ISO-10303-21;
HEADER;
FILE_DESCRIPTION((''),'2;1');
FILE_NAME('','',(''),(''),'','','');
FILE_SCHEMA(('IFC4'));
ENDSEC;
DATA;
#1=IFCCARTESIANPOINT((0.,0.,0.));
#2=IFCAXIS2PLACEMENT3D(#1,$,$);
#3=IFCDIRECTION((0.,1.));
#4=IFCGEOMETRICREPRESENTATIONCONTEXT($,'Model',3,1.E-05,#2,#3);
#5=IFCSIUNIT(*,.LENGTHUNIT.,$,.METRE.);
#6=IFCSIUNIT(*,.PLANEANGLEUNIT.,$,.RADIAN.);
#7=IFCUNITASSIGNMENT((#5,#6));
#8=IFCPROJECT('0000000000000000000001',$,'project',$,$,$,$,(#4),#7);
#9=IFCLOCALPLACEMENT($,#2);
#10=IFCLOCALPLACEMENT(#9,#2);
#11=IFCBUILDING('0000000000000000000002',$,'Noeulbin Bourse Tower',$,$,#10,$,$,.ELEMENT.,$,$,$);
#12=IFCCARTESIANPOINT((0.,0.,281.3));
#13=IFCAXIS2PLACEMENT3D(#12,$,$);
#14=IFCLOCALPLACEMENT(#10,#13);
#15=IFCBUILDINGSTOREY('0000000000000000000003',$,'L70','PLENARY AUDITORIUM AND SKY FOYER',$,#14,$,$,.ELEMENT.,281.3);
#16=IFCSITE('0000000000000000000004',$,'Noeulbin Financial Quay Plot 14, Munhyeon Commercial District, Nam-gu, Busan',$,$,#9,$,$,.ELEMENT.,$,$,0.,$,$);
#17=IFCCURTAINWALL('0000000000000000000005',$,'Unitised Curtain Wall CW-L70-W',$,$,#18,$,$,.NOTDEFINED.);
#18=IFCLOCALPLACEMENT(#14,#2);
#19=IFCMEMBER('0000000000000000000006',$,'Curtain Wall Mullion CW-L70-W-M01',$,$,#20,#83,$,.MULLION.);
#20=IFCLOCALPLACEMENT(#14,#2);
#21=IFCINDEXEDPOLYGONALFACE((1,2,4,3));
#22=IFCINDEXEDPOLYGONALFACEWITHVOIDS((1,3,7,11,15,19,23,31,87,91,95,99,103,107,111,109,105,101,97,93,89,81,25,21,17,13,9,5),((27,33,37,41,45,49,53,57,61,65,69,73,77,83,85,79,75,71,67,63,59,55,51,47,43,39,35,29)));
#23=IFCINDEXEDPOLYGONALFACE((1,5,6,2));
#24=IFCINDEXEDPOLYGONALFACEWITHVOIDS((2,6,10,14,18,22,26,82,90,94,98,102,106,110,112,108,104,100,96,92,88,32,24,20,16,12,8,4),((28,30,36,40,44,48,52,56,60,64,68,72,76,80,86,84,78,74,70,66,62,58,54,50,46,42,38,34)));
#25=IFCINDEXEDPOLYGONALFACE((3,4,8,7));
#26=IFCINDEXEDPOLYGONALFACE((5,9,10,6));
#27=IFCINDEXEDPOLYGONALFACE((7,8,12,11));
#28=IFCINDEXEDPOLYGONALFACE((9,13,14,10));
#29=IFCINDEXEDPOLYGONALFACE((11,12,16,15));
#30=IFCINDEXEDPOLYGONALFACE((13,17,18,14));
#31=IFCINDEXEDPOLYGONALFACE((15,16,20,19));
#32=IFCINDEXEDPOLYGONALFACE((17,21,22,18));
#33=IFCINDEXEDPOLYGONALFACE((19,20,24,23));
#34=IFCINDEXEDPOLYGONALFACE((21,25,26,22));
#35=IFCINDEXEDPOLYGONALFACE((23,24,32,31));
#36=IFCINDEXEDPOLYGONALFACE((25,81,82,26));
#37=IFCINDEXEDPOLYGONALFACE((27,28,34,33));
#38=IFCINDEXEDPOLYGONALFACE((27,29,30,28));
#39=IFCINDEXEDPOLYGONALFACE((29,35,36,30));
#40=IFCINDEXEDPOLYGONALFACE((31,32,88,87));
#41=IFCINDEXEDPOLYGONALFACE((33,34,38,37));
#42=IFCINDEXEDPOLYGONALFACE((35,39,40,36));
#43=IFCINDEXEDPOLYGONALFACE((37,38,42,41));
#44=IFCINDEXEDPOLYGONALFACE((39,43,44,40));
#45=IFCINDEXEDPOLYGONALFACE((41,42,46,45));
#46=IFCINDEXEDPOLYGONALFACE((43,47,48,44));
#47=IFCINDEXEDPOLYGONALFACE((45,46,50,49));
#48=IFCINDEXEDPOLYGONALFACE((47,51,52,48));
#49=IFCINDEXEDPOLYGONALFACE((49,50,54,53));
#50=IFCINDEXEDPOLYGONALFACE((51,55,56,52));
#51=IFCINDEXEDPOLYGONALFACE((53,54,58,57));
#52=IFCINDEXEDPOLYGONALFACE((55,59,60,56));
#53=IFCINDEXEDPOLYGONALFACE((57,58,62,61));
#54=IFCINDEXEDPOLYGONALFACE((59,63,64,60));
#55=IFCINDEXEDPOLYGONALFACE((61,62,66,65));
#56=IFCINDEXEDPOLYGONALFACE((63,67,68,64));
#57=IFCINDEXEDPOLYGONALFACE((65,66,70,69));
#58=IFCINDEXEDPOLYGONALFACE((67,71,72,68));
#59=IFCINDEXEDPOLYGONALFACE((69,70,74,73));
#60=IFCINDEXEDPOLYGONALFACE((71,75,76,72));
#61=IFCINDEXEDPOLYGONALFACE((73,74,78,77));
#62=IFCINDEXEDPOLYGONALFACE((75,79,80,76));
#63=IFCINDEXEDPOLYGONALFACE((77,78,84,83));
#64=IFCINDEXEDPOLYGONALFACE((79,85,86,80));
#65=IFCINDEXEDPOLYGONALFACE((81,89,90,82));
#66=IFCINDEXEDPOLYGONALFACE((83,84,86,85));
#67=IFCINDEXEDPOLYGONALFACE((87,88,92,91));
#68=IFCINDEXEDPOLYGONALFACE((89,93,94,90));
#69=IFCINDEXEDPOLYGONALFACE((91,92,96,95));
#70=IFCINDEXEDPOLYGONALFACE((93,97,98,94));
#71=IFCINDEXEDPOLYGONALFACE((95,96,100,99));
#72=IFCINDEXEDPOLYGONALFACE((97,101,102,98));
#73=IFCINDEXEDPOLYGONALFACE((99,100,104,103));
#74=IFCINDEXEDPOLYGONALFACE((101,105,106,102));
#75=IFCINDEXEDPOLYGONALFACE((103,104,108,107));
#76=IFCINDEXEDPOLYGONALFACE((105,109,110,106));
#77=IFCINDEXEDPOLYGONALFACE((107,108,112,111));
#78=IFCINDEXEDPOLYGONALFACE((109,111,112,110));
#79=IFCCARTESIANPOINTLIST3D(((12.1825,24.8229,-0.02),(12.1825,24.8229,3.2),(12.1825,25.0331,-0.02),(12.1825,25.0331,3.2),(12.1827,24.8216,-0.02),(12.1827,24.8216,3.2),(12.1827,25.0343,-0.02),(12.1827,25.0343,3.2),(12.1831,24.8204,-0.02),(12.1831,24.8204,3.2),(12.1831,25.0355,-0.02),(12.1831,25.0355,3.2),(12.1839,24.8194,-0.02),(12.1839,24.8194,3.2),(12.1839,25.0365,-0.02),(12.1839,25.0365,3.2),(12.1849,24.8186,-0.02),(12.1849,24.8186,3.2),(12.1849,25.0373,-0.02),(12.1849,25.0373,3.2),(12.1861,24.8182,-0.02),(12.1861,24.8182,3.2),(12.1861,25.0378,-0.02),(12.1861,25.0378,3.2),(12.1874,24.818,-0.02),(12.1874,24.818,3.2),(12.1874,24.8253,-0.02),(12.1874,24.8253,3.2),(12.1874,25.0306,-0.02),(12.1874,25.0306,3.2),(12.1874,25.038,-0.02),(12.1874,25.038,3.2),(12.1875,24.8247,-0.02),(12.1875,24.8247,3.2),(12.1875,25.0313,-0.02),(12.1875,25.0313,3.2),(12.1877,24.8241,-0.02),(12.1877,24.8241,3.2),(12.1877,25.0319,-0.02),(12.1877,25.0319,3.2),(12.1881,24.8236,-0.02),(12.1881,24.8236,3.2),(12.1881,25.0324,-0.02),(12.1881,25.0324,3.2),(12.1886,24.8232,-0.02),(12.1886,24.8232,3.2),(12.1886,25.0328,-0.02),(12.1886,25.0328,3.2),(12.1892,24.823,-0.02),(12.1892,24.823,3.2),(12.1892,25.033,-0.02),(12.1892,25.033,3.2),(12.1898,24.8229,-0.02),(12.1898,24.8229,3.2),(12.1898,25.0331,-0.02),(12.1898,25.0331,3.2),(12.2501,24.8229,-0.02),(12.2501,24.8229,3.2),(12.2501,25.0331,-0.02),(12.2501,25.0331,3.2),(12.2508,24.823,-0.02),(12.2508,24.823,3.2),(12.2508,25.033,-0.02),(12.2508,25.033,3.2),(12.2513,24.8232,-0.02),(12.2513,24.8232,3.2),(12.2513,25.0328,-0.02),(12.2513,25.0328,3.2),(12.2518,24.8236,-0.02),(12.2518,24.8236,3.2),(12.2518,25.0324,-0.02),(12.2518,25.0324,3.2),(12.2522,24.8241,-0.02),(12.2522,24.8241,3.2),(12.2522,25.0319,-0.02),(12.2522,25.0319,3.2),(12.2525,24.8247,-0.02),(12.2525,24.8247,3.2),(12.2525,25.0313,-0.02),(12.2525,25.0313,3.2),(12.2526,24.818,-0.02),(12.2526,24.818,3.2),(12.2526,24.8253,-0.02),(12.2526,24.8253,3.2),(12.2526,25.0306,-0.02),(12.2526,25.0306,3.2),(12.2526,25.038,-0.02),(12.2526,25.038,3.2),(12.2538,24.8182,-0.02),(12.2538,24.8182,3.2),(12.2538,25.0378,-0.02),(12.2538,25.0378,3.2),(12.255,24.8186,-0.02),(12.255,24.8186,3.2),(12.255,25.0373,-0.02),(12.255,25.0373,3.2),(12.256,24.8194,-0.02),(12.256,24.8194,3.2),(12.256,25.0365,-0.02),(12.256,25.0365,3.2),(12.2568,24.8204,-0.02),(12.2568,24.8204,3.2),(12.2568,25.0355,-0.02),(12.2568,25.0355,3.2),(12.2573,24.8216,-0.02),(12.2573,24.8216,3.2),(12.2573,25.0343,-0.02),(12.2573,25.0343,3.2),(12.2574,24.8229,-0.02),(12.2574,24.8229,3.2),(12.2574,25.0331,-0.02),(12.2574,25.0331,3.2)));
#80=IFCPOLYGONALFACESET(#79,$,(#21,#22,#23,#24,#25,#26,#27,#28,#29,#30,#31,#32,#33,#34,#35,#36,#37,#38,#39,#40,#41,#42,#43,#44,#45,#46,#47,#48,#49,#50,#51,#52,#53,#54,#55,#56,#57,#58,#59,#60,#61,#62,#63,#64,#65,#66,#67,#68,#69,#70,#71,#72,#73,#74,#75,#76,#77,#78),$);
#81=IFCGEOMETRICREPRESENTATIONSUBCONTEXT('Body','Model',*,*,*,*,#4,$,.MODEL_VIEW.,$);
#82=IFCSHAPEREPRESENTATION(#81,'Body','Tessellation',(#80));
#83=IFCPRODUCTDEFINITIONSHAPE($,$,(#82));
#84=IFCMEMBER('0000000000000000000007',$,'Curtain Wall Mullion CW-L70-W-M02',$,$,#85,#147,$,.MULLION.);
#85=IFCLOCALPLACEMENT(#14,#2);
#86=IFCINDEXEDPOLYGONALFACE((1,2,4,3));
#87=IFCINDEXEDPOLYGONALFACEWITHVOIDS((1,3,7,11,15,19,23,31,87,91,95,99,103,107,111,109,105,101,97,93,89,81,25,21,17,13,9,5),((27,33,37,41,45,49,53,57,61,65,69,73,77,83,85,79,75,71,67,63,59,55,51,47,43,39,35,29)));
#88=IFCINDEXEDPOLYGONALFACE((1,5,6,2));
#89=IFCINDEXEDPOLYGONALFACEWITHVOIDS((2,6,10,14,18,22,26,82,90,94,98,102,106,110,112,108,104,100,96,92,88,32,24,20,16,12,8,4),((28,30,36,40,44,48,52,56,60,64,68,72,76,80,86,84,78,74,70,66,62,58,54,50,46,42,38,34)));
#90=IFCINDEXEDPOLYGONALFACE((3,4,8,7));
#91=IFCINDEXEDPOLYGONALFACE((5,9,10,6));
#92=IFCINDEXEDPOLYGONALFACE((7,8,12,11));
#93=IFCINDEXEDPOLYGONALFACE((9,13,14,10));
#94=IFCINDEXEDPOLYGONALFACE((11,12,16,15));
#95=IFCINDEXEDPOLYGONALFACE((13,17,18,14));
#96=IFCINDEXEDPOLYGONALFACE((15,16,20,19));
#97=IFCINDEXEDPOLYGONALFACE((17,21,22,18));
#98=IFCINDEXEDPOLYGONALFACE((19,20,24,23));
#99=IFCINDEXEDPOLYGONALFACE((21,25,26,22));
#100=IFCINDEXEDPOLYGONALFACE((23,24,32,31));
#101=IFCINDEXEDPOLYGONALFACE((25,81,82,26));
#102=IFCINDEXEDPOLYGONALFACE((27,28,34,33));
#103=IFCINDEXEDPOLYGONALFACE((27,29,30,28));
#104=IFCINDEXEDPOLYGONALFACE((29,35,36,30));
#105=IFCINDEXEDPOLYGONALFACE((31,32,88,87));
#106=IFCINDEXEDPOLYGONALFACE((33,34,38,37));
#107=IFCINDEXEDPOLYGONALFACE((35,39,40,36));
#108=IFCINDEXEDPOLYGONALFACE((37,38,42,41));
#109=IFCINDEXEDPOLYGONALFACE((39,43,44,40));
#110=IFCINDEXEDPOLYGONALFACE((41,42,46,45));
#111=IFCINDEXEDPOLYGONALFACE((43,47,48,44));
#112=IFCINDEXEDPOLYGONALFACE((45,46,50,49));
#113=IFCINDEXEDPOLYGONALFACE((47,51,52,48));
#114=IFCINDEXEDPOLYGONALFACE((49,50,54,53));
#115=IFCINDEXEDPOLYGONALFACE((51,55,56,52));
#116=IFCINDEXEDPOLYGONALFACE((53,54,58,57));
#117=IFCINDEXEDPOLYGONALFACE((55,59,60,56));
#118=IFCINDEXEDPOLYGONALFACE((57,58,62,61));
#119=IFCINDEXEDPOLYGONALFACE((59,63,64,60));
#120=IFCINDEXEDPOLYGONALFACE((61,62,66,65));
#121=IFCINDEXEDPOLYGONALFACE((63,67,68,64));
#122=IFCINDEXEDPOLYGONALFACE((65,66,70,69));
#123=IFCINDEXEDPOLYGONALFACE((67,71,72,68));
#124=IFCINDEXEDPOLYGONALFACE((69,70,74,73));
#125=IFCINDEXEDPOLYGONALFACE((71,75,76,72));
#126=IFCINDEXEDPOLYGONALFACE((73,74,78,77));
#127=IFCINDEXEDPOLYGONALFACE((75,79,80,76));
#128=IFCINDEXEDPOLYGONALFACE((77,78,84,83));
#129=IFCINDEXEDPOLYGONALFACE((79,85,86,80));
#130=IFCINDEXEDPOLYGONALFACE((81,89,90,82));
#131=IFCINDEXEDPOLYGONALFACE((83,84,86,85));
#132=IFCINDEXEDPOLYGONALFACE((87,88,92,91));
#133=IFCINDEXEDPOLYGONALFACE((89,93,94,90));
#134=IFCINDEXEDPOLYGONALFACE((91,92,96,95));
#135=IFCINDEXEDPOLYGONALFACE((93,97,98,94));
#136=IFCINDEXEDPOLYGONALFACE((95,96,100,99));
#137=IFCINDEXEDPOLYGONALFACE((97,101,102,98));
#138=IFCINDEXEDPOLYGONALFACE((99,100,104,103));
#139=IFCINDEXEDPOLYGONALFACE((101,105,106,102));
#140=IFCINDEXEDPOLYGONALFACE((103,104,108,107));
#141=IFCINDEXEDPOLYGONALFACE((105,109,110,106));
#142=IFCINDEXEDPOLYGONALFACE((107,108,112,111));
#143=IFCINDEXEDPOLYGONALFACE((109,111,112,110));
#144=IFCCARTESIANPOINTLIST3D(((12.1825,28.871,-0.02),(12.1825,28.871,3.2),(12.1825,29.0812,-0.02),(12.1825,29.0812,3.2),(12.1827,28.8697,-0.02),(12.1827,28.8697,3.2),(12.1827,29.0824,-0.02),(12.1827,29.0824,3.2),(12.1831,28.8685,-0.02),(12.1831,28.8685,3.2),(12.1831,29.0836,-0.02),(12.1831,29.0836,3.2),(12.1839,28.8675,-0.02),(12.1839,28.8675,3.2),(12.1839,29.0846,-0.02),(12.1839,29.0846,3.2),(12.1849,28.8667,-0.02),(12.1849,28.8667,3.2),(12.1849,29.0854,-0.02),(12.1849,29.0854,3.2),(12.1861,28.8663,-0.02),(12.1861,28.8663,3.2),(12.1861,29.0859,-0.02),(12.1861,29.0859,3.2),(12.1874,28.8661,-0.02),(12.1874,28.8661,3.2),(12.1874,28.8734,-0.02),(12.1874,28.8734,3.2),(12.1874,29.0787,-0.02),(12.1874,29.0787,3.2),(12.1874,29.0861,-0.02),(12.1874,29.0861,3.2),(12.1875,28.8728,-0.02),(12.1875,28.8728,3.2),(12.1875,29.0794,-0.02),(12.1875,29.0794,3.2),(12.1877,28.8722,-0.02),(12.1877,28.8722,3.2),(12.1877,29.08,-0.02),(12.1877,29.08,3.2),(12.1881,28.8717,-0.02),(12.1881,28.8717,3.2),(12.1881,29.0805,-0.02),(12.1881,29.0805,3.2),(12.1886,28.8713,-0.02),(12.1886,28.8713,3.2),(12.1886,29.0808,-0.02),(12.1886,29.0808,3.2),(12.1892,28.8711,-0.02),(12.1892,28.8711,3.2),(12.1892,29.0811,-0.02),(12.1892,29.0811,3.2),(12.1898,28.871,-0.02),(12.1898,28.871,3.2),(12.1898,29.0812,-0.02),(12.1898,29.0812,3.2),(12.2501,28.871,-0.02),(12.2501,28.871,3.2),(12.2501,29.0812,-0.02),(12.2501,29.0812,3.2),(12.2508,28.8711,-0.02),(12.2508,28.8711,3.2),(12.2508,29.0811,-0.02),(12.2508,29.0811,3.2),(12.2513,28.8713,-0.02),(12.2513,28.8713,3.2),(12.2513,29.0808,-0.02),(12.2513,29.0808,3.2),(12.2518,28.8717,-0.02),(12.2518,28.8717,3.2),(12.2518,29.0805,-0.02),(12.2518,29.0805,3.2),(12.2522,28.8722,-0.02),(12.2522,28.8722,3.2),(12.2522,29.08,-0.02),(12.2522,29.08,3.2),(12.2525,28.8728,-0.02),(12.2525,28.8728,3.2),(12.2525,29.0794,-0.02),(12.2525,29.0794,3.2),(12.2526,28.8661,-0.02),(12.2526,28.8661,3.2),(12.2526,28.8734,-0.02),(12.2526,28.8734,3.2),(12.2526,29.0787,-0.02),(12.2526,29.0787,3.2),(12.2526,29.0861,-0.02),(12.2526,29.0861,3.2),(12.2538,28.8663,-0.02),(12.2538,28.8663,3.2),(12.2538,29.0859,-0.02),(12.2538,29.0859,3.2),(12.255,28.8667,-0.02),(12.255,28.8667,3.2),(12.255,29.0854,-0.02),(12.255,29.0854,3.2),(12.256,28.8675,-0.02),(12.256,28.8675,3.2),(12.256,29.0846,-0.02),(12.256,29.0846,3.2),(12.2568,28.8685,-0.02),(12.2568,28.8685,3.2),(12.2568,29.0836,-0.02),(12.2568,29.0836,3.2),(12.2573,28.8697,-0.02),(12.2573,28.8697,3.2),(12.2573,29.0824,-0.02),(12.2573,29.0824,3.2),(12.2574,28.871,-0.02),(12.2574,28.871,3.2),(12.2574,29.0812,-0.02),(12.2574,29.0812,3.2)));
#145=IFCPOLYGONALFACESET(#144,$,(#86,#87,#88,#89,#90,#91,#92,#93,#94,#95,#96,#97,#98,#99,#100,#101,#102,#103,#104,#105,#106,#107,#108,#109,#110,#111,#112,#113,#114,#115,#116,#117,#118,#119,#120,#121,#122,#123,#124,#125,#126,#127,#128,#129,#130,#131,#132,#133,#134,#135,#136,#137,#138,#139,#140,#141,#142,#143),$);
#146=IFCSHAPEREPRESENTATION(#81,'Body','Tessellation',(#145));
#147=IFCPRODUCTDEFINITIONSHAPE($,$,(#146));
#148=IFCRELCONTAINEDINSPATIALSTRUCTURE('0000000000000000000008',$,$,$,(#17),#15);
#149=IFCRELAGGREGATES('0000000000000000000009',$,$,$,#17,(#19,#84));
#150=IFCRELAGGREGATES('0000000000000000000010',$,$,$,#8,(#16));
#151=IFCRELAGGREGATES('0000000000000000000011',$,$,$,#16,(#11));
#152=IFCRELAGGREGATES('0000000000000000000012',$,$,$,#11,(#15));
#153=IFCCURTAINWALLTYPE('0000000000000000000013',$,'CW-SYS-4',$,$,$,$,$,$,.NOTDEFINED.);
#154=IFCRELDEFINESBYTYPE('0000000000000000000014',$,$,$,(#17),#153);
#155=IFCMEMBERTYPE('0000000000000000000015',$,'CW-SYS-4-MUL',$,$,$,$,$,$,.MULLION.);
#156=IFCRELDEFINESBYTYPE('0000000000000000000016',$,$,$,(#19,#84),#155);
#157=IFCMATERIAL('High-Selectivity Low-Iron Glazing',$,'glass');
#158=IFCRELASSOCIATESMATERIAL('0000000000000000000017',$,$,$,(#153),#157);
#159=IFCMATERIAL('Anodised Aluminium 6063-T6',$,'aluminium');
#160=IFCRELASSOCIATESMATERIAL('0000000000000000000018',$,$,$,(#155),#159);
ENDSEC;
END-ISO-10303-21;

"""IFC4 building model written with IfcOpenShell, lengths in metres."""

from ifc_helpers import new_model, si_unit, direction, frame, origin, origin_2d, place, context, subcontext, project, spatial, hollow_rectangle, extrude, material, material_profile, profile_set, type_object, element, aggregate, save


model = new_model("IFC4")

# Units and contexts
model_context = context("Model", 3, precision=1e-05, world=origin(), true_north=direction((0.0, 1.0)))
body_context = subcontext(model_context, "Body", "Model", "MODEL_VIEW")
ifc_project = project(units=[si_unit("LENGTHUNIT", "METRE"), si_unit("PLANEANGLEUNIT", "RADIAN")], contexts=[model_context])

# Site, building, storey
site_placement = place(None, origin())
site = spatial("IfcSite", under=ifc_project, at=site_placement, Name="Noeulbin Financial Quay Plot 14, Munhyeon Commercial District, Nam-gu, Busan", CompositionType="ELEMENT", RefElevation=0.0)
building_placement = place(site_placement, origin())
building = spatial("IfcBuilding", under=site, at=building_placement, Name="Noeulbin Bourse Tower", CompositionType="ELEMENT")
storey_placement = place(building_placement, frame((0.0, 0.0, 281.3)))
storey = spatial("IfcBuildingStorey", under=building, at=storey_placement, Name="L70", Description="PLENARY AUDITORIUM AND SKY FOYER", CompositionType="ELEMENT", Elevation=281.3)

# Curtain wall, members
ifc_material_1 = material(Name="High-Selectivity Low-Iron Glazing", Category="glass")
curtain_wall_type = type_object("IfcCurtainWallType", Name="CW-SYS-4", PredefinedType="NOTDEFINED", material=ifc_material_1)
curtain_wall_placement = place(storey_placement, origin())
curtain_wall = element("IfcCurtainWall", 1, at=curtain_wall_placement, inside=storey, type_object=curtain_wall_type, Name="Unitised Curtain Wall CW-L70-W", PredefinedType="NOTDEFINED")
ifc_material_2 = material(Name="Anodised Aluminium 6063-T6", Category="aluminium")
ifc_material_profile_1 = material_profile(ifc_material_2, hollow_rectangle(XDim=0.075, YDim=0.22, WallThickness=0.0049, InnerFilletRadius=0.0024, OuterFilletRadius=0.0049, at=origin_2d()), Name="ALU-MULL-75x220x5", Category="LoadBearing")
ifc_profile_set_1 = profile_set([ifc_material_profile_1], Name="Anodised Aluminium 6063-T6")
member_type_1 = type_object("IfcMemberType", Name="CW-SYS-4-MUL", PredefinedType="MULLION", material=ifc_profile_set_1)
member_1_placement = place(storey_placement, frame((12.22, 24.928, -0.02), z_axis=(0.0, 0.0, 1.0), x_axis=(1.0, 0.0, 0.0)))
member_1 = element("IfcMember", 2, at=member_1_placement, type_object=member_type_1, Name="Curtain Wall Mullion CW-L70-W-M01", PredefinedType="MULLION", context=body_context, shape_type="SweptSolid", body=[
    extrude(hollow_rectangle(XDim=0.075, YDim=0.22, WallThickness=0.0049, InnerFilletRadius=0.0024, OuterFilletRadius=0.0049, at=origin_2d()), origin(), (0.0, 0.0, 1.0), 3.22),
])
member_2_placement = place(storey_placement, frame((12.22, 28.9761, -0.02), z_axis=(0.0, 0.0, 1.0), x_axis=(1.0, 0.0, 0.0)))
member_2 = element("IfcMember", 3, at=member_2_placement, type_object=member_type_1, Name="Curtain Wall Mullion CW-L70-W-M02", PredefinedType="MULLION", context=body_context, shape_type="SweptSolid", body=[
    extrude(hollow_rectangle(XDim=0.075, YDim=0.22, WallThickness=0.0049, InnerFilletRadius=0.0024, OuterFilletRadius=0.0049, at=origin_2d()), origin(), (0.0, 0.0, 1.0), 3.22),
])
aggregate(curtain_wall, [member_1, member_2])

save(model, "model.ifc")
